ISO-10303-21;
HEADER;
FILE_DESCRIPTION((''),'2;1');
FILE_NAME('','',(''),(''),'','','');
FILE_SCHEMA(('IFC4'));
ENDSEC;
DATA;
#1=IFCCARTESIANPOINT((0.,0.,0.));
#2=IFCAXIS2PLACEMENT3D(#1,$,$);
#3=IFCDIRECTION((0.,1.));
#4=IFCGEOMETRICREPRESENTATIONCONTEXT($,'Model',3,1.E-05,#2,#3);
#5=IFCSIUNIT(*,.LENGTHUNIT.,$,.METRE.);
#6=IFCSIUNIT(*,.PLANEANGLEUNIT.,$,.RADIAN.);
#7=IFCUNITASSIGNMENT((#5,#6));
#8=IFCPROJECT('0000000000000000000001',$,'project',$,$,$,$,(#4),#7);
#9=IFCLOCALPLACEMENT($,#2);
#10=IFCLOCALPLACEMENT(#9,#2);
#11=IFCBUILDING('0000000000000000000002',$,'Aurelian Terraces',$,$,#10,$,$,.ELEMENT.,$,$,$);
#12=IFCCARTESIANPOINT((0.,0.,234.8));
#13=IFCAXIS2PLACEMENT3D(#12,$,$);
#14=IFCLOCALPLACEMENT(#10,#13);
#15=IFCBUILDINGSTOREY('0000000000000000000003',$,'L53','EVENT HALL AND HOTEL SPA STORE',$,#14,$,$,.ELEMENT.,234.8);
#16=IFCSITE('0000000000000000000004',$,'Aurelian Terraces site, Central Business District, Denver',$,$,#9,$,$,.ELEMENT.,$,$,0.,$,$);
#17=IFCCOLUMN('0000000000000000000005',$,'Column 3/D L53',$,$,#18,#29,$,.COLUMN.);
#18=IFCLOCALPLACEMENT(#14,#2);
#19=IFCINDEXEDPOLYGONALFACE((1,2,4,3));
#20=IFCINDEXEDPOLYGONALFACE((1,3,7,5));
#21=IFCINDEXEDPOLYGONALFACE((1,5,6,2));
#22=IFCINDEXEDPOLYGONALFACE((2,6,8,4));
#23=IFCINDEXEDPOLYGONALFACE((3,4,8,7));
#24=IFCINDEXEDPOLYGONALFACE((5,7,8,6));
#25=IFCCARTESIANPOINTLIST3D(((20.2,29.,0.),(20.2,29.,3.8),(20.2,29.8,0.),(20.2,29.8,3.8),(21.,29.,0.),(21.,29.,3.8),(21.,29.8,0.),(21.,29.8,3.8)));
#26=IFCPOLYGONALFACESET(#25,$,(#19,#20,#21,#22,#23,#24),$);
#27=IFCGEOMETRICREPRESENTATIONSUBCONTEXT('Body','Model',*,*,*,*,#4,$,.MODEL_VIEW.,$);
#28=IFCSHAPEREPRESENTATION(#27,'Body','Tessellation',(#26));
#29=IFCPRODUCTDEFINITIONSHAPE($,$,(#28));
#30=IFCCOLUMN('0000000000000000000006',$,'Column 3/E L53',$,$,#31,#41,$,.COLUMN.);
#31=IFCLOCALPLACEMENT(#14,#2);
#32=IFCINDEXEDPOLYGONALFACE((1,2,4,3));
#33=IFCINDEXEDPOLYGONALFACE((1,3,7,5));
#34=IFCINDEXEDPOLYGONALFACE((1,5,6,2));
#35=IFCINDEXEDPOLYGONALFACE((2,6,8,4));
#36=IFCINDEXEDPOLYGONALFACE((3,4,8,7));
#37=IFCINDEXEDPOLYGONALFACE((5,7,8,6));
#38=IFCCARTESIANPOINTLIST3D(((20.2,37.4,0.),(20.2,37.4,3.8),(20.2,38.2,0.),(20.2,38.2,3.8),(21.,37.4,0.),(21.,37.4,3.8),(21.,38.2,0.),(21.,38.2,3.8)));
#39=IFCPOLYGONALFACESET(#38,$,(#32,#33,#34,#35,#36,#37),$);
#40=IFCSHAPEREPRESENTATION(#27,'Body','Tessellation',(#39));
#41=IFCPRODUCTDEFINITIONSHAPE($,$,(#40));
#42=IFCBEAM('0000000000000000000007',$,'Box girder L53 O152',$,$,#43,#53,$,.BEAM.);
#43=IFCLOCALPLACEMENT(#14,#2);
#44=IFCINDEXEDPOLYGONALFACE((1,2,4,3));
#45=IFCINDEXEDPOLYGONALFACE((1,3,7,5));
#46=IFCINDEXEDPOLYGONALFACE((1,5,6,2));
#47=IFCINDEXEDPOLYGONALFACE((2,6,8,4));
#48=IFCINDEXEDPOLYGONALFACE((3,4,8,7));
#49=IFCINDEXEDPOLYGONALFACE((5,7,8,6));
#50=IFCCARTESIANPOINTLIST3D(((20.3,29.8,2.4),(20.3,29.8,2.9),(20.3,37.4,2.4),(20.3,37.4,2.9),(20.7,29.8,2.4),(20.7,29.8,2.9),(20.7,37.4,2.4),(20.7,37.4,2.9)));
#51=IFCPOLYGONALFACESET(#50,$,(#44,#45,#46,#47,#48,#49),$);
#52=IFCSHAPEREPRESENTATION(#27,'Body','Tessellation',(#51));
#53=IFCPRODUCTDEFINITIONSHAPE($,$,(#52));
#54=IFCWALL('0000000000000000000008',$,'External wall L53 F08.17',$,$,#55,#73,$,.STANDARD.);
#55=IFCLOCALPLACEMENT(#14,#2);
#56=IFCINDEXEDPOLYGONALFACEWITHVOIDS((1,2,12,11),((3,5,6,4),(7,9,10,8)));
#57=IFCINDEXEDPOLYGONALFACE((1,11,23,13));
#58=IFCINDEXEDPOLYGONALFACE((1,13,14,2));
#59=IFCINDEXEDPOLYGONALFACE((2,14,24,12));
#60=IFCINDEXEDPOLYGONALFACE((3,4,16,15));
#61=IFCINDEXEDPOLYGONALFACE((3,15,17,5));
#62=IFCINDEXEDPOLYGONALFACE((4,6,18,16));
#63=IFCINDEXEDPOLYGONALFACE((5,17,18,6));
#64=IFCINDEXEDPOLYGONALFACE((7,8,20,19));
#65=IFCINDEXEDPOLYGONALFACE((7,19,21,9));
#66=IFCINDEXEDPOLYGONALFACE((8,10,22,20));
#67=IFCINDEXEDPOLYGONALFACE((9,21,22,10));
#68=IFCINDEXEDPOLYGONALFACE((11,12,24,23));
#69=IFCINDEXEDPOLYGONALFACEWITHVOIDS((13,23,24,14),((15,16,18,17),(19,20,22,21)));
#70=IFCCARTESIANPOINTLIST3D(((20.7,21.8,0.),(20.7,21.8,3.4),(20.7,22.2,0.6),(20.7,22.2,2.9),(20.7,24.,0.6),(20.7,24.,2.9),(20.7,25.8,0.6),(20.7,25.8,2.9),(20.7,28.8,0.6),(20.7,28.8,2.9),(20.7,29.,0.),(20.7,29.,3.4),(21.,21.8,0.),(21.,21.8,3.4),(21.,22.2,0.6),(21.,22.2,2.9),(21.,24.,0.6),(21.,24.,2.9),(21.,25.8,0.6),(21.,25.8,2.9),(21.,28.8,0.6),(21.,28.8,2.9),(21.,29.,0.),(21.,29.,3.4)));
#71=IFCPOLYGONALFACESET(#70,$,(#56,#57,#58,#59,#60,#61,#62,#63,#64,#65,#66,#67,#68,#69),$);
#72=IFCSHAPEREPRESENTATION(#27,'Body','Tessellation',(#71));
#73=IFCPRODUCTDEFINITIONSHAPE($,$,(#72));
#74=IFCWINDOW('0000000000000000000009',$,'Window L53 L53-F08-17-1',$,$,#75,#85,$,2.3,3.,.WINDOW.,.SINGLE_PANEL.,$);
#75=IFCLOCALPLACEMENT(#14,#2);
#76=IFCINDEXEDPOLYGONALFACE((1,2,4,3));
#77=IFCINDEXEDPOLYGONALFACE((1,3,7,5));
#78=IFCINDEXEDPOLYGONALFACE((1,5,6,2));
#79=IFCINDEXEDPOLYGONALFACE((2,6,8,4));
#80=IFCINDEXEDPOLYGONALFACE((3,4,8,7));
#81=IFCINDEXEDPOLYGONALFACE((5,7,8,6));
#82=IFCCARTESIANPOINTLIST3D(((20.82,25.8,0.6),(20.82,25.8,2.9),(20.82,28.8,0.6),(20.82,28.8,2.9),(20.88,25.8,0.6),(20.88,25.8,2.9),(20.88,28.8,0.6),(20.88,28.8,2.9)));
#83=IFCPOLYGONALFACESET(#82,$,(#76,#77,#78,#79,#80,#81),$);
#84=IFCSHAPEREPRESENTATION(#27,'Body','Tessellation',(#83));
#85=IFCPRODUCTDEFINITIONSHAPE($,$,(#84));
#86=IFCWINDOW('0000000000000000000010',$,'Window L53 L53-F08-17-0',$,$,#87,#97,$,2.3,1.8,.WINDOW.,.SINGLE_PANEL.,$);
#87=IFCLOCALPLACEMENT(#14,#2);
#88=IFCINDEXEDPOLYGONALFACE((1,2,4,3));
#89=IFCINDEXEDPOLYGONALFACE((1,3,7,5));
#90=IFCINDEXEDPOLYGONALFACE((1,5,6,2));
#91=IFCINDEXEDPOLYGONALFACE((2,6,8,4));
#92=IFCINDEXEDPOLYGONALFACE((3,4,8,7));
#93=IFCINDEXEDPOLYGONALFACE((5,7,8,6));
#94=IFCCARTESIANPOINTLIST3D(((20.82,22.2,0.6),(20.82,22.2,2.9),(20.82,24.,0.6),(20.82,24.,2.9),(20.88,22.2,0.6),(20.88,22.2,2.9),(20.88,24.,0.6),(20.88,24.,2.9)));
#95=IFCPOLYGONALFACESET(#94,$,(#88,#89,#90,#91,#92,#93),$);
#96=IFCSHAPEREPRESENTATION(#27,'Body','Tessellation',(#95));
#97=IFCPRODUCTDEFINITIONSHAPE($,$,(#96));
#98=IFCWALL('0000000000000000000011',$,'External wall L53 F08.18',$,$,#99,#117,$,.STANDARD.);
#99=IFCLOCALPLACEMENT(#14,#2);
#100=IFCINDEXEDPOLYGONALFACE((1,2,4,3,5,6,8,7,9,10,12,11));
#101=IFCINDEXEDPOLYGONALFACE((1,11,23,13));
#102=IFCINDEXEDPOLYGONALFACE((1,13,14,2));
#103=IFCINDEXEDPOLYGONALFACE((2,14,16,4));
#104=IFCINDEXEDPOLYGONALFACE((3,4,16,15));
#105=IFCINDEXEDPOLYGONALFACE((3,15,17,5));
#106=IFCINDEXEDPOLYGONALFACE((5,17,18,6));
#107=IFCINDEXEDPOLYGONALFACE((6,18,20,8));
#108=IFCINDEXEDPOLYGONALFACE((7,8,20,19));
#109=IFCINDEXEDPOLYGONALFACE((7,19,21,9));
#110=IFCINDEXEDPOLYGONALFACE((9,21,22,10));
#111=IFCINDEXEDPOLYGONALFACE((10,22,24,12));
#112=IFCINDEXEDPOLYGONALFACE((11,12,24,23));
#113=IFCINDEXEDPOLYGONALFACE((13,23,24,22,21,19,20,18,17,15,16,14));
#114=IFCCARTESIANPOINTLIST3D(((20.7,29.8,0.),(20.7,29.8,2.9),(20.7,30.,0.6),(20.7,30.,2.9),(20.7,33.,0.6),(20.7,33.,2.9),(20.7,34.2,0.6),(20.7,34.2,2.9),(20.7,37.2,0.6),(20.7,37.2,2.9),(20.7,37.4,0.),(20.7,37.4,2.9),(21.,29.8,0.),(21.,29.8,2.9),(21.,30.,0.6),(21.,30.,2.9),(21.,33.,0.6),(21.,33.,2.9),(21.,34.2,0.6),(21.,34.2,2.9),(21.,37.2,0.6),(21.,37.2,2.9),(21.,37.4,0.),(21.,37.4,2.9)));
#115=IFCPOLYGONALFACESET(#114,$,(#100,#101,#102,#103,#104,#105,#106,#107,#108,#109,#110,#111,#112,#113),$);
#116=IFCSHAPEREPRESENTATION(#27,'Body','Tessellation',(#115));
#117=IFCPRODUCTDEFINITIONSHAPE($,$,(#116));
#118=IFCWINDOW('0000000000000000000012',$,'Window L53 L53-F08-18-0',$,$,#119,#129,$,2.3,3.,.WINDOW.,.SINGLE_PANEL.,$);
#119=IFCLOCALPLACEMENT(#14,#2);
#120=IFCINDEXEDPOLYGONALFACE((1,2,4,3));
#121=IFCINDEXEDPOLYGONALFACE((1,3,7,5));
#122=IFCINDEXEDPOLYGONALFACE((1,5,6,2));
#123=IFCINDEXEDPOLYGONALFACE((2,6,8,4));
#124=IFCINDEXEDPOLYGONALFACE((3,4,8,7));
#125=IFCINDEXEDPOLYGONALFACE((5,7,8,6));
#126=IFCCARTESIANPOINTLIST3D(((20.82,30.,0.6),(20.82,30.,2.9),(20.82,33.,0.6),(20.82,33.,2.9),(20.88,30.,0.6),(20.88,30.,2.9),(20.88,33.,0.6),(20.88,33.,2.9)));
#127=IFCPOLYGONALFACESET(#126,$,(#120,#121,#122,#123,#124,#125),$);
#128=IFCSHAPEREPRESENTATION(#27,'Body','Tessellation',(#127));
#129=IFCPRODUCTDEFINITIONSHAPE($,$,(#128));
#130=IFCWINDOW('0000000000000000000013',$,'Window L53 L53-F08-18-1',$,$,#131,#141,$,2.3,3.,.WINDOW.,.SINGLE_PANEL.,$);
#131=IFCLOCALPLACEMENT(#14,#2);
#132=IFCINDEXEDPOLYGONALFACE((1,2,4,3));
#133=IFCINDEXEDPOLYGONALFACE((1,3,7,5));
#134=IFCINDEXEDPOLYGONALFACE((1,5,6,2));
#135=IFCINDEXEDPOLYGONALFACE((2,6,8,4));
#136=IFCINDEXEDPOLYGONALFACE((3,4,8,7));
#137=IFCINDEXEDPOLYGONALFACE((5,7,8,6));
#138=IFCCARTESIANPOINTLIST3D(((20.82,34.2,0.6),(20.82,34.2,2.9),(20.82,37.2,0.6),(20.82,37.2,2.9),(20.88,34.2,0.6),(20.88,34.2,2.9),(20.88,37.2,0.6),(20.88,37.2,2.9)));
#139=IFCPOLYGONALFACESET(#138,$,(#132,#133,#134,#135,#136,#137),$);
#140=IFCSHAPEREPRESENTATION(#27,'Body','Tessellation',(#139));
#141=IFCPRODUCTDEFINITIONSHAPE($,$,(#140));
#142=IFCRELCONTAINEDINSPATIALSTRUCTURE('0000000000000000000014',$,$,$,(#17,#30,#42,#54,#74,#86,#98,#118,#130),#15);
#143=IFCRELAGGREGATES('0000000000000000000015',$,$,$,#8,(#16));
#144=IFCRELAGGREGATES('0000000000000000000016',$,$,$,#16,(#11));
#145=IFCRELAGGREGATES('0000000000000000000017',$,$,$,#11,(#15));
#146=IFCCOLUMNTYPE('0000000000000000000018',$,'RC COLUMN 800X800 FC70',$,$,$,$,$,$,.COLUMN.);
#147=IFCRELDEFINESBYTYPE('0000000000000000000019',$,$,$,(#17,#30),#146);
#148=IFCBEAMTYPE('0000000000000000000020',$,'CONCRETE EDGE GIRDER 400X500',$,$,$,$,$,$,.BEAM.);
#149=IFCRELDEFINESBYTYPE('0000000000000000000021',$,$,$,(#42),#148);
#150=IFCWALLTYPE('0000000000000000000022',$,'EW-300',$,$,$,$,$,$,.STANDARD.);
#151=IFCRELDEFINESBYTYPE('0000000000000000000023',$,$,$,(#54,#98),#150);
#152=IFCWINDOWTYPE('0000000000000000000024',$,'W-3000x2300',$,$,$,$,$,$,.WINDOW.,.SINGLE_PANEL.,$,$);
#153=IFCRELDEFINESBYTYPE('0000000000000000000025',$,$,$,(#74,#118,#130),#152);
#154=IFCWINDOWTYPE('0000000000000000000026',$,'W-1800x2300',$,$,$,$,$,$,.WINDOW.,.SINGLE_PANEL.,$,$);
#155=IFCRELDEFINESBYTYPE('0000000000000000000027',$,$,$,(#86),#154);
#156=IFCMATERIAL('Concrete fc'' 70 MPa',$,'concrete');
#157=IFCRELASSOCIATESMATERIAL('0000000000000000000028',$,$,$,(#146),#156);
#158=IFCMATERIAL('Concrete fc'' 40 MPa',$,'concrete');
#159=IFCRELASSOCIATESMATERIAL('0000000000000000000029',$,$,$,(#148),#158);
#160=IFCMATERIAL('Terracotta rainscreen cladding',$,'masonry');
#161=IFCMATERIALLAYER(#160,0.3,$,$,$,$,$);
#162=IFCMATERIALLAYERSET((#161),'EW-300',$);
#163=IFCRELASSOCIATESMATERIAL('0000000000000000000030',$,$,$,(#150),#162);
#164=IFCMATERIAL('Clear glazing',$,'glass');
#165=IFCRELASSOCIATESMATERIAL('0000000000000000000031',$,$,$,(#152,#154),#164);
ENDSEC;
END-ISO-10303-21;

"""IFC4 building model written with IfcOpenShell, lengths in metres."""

from ifc_helpers import new_model, si_unit, direction, frame, frame_2d, origin, origin_2d, place, context, subcontext, project, spatial, rectangle, extrude, source, transform, mapped, material, layer, layer_set, material_profile, profile_set, type_object, element, fill, save


model = new_model("IFC4")

# Units and contexts
model_context = context("Model", 3, precision=1e-05, world=origin(), true_north=direction((0.0, 1.0)))
body_context = subcontext(model_context, "Body", "Model", "MODEL_VIEW")
ifc_project = project(units=[si_unit("LENGTHUNIT", "METRE"), si_unit("PLANEANGLEUNIT", "RADIAN")], contexts=[model_context])

# Site, building, storey
site_placement = place(None, origin())
site = spatial("IfcSite", under=ifc_project, at=site_placement, Name="Aurelian Terraces site, Central Business District, Denver", CompositionType="ELEMENT", RefElevation=0.0)
building_placement = place(site_placement, origin())
building = spatial("IfcBuilding", under=site, at=building_placement, Name="Aurelian Terraces", CompositionType="ELEMENT")
storey_placement = place(building_placement, frame((0.0, 0.0, 234.8)))
storey = spatial("IfcBuildingStorey", under=building, at=storey_placement, Name="L53", Description="EVENT HALL AND HOTEL SPA STORE", CompositionType="ELEMENT", Elevation=234.8)

# Columns
ifc_material_1 = material(Name="Concrete fc' 70 MPa", Category="concrete")
ifc_material_profile_1 = material_profile(ifc_material_1, rectangle(XDim=0.8, YDim=0.8, at=origin_2d()))
ifc_profile_set_1 = profile_set([ifc_material_profile_1], Name="Concrete fc' 70 MPa")
column_type = type_object("IfcColumnType", Name="RC COLUMN 800X800 FC70", PredefinedType="COLUMN", material=ifc_profile_set_1)
shared_shape_1 = source(origin(), body_context, "Body", "SweptSolid", [
    extrude(rectangle(XDim=0.8, YDim=0.8, at=origin_2d()), origin(), (0.0, 0.0, 1.0), 3.8),
])
for number, where, z_axis, x_axis, name in (
    (1, (20.6, 29.4, 0.0), (0.0, 0.0, 1.0), (1.0, 0.0, 0.0), "Column 3/D L53"),
    (2, (20.6, 37.8, 0.0), (0.0, 0.0, 1.0), (1.0, 0.0, 0.0), "Column 3/E L53"),
):
    element("IfcColumn", number, at=place(storey_placement, frame(where, z_axis=z_axis, x_axis=x_axis)), inside=storey, type_object=column_type, Name=name, PredefinedType="COLUMN", context=body_context, shape_type="MappedRepresentation", body=[
        mapped(shared_shape_1, transform((0.0, 0.0, 0.0), scale=1.0)),
    ])

# Beam
ifc_material_2 = material(Name="Concrete fc' 40 MPa", Category="concrete")
ifc_material_profile_2 = material_profile(ifc_material_2, rectangle(XDim=0.4, YDim=0.5, at=origin_2d()))
ifc_profile_set_2 = profile_set([ifc_material_profile_2], Name="Concrete fc' 40 MPa")
beam_type = type_object("IfcBeamType", Name="CONCRETE EDGE GIRDER 400X500", PredefinedType="BEAM", material=ifc_profile_set_2)
shared_shape_2 = source(origin(), body_context, "Body", "SweptSolid", [
    extrude(rectangle(XDim=0.4, YDim=0.5, at=origin_2d()), origin(), (0.0, 0.0, 1.0), 7.6),
])
beam_placement = place(storey_placement, frame((20.5, 29.8, 2.65), z_axis=(0.0, 1.0, 0.0), x_axis=(-1.0, 0.0, 0.0)))
element("IfcBeam", 3, at=beam_placement, inside=storey, type_object=beam_type, Name="Box girder L53 O152", PredefinedType="BEAM", context=body_context, shape_type="MappedRepresentation", body=[
    mapped(shared_shape_2, transform((0.0, 0.0, 0.0), scale=1.0)),
])

# Walls, openings, windows
ifc_material_3 = material(Name="Terracotta rainscreen cladding", Category="masonry")
ifc_layer_1 = layer(ifc_material_3, 0.3)
ifc_layer_set_1 = layer_set([ifc_layer_1], Name="EW-300")
wall_type_1 = type_object("IfcWallType", Name="EW-300", PredefinedType="STANDARD", material=ifc_layer_set_1)
shared_shape_3 = source(origin(), body_context, "Body", "SweptSolid", [
    extrude(rectangle(XDim=7.2, YDim=0.3, at=frame_2d((3.6, 0.0))), origin(), (0.0, 0.0, 1.0), 3.4),
])
wall_1_placement = place(storey_placement, frame((20.85, 21.8, 0.0), z_axis=(0.0, 0.0, 1.0), x_axis=(0.0, 1.0, 0.0)))
wall_1 = element("IfcWall", 4, at=wall_1_placement, inside=storey, type_object=wall_type_1, Name="External wall L53 F08.17", PredefinedType="STANDARD", context=body_context, shape_type="MappedRepresentation", body=[
    mapped(shared_shape_3, transform((0.0, 0.0, 0.0), scale=1.0)),
])
shared_shape_4 = source(origin(), body_context, "Body", "SweptSolid", [
    extrude(rectangle(XDim=1.8, YDim=2.3, at=frame_2d((0.9, 1.15))), frame((0.0, 0.16, 0.0), z_axis=(0.0, -1.0, 0.0), x_axis=(1.0, 0.0, 0.0)), (0.0, 0.0, 1.0), 0.32),
])
opening_1_placement = place(wall_1_placement, frame((0.4, 0.0, 0.6)))
opening_1 = element("IfcOpeningElement", 5, at=opening_1_placement, cuts=wall_1, PredefinedType="OPENING", context=body_context, shape_type="MappedRepresentation", body=[
    mapped(shared_shape_4, transform((0.0, 0.0, 0.0), scale=1.0)),
])
shared_shape_5 = source(origin(), body_context, "Body", "SweptSolid", [
    extrude(rectangle(XDim=3.0, YDim=2.3, at=frame_2d((1.5, 1.15))), frame((0.0, 0.16, 0.0), z_axis=(0.0, -1.0, 0.0), x_axis=(1.0, 0.0, 0.0)), (0.0, 0.0, 1.0), 0.32),
])
opening_2_placement = place(wall_1_placement, frame((4.0, 0.0, 0.6)))
opening_2 = element("IfcOpeningElement", 6, at=opening_2_placement, cuts=wall_1, PredefinedType="OPENING", context=body_context, shape_type="MappedRepresentation", body=[
    mapped(shared_shape_5, transform((0.0, 0.0, 0.0), scale=1.0)),
])
ifc_material_4 = material(Name="Clear glazing", Category="glass")
window_type_1 = type_object("IfcWindowType", Name="W-3000x2300", PartitioningType="SINGLE_PANEL", PredefinedType="WINDOW", material=ifc_material_4)
shared_shape_6 = source(origin(), body_context, "Body", "SweptSolid", [
    extrude(rectangle(XDim=3.0, YDim=2.3, at=frame_2d((1.5, 1.15))), frame((0.0, 0.03, 0.0), z_axis=(0.0, -1.0, 0.0), x_axis=(1.0, 0.0, 0.0)), (0.0, 0.0, 1.0), 0.06),
])
window_1_placement = place(opening_2_placement, origin())
window_1 = element("IfcWindow", 7, at=window_1_placement, inside=storey, type_object=window_type_1, Name="Window L53 L53-F08-17-1", OverallHeight=2.3, OverallWidth=3.0, PartitioningType="SINGLE_PANEL", PredefinedType="WINDOW", context=body_context, shape_type="MappedRepresentation", body=[
    mapped(shared_shape_6, transform((0.0, 0.0, 0.0), scale=1.0)),
])
fill(opening_2, window_1)
window_type_2 = type_object("IfcWindowType", Name="W-1800x2300", PartitioningType="SINGLE_PANEL", PredefinedType="WINDOW", material=ifc_material_4)
shared_shape_7 = source(origin(), body_context, "Body", "SweptSolid", [
    extrude(rectangle(XDim=1.8, YDim=2.3, at=frame_2d((0.9, 1.15))), frame((0.0, 0.03, 0.0), z_axis=(0.0, -1.0, 0.0), x_axis=(1.0, 0.0, 0.0)), (0.0, 0.0, 1.0), 0.06),
])
window_2_placement = place(opening_1_placement, origin())
window_2 = element("IfcWindow", 8, at=window_2_placement, inside=storey, type_object=window_type_2, Name="Window L53 L53-F08-17-0", OverallHeight=2.3, OverallWidth=1.8, PartitioningType="SINGLE_PANEL", PredefinedType="WINDOW", context=body_context, shape_type="MappedRepresentation", body=[
    mapped(shared_shape_7, transform((0.0, 0.0, 0.0), scale=1.0)),
])
fill(opening_1, window_2)
shared_shape_8 = source(origin(), body_context, "Body", "SweptSolid", [
    extrude(rectangle(XDim=7.6, YDim=0.3, at=frame_2d((3.8, 0.0))), origin(), (0.0, 0.0, 1.0), 2.9),
])
wall_2_placement = place(storey_placement, frame((20.85, 29.8, 0.0), z_axis=(0.0, 0.0, 1.0), x_axis=(0.0, 1.0, 0.0)))
wall_2 = element("IfcWall", 9, at=wall_2_placement, inside=storey, type_object=wall_type_1, Name="External wall L53 F08.18", PredefinedType="STANDARD", context=body_context, shape_type="MappedRepresentation", body=[
    mapped(shared_shape_8, transform((0.0, 0.0, 0.0), scale=1.0)),
])
opening_3_placement = place(wall_2_placement, frame((0.2, 0.0, 0.6)))
opening_3 = element("IfcOpeningElement", 10, at=opening_3_placement, cuts=wall_2, PredefinedType="OPENING", context=body_context, shape_type="MappedRepresentation", body=[
    mapped(shared_shape_5, transform((0.0, 0.0, 0.0), scale=1.0)),
])
opening_4_placement = place(wall_2_placement, frame((4.4, 0.0, 0.6)))
opening_4 = element("IfcOpeningElement", 11, at=opening_4_placement, cuts=wall_2, PredefinedType="OPENING", context=body_context, shape_type="MappedRepresentation", body=[
    mapped(shared_shape_5, transform((0.0, 0.0, 0.0), scale=1.0)),
])
window_3_placement = place(opening_3_placement, origin())
window_3 = element("IfcWindow", 12, at=window_3_placement, inside=storey, type_object=window_type_1, Name="Window L53 L53-F08-18-0", OverallHeight=2.3, OverallWidth=3.0, PartitioningType="SINGLE_PANEL", PredefinedType="WINDOW", context=body_context, shape_type="MappedRepresentation", body=[
    mapped(shared_shape_6, transform((0.0, 0.0, 0.0), scale=1.0)),
])
fill(opening_3, window_3)
window_4_placement = place(opening_4_placement, origin())
window_4 = element("IfcWindow", 13, at=window_4_placement, inside=storey, type_object=window_type_1, Name="Window L53 L53-F08-18-1", OverallHeight=2.3, OverallWidth=3.0, PartitioningType="SINGLE_PANEL", PredefinedType="WINDOW", context=body_context, shape_type="MappedRepresentation", body=[
    mapped(shared_shape_6, transform((0.0, 0.0, 0.0), scale=1.0)),
])
fill(opening_4, window_4)

save(model, "model.ifc")
